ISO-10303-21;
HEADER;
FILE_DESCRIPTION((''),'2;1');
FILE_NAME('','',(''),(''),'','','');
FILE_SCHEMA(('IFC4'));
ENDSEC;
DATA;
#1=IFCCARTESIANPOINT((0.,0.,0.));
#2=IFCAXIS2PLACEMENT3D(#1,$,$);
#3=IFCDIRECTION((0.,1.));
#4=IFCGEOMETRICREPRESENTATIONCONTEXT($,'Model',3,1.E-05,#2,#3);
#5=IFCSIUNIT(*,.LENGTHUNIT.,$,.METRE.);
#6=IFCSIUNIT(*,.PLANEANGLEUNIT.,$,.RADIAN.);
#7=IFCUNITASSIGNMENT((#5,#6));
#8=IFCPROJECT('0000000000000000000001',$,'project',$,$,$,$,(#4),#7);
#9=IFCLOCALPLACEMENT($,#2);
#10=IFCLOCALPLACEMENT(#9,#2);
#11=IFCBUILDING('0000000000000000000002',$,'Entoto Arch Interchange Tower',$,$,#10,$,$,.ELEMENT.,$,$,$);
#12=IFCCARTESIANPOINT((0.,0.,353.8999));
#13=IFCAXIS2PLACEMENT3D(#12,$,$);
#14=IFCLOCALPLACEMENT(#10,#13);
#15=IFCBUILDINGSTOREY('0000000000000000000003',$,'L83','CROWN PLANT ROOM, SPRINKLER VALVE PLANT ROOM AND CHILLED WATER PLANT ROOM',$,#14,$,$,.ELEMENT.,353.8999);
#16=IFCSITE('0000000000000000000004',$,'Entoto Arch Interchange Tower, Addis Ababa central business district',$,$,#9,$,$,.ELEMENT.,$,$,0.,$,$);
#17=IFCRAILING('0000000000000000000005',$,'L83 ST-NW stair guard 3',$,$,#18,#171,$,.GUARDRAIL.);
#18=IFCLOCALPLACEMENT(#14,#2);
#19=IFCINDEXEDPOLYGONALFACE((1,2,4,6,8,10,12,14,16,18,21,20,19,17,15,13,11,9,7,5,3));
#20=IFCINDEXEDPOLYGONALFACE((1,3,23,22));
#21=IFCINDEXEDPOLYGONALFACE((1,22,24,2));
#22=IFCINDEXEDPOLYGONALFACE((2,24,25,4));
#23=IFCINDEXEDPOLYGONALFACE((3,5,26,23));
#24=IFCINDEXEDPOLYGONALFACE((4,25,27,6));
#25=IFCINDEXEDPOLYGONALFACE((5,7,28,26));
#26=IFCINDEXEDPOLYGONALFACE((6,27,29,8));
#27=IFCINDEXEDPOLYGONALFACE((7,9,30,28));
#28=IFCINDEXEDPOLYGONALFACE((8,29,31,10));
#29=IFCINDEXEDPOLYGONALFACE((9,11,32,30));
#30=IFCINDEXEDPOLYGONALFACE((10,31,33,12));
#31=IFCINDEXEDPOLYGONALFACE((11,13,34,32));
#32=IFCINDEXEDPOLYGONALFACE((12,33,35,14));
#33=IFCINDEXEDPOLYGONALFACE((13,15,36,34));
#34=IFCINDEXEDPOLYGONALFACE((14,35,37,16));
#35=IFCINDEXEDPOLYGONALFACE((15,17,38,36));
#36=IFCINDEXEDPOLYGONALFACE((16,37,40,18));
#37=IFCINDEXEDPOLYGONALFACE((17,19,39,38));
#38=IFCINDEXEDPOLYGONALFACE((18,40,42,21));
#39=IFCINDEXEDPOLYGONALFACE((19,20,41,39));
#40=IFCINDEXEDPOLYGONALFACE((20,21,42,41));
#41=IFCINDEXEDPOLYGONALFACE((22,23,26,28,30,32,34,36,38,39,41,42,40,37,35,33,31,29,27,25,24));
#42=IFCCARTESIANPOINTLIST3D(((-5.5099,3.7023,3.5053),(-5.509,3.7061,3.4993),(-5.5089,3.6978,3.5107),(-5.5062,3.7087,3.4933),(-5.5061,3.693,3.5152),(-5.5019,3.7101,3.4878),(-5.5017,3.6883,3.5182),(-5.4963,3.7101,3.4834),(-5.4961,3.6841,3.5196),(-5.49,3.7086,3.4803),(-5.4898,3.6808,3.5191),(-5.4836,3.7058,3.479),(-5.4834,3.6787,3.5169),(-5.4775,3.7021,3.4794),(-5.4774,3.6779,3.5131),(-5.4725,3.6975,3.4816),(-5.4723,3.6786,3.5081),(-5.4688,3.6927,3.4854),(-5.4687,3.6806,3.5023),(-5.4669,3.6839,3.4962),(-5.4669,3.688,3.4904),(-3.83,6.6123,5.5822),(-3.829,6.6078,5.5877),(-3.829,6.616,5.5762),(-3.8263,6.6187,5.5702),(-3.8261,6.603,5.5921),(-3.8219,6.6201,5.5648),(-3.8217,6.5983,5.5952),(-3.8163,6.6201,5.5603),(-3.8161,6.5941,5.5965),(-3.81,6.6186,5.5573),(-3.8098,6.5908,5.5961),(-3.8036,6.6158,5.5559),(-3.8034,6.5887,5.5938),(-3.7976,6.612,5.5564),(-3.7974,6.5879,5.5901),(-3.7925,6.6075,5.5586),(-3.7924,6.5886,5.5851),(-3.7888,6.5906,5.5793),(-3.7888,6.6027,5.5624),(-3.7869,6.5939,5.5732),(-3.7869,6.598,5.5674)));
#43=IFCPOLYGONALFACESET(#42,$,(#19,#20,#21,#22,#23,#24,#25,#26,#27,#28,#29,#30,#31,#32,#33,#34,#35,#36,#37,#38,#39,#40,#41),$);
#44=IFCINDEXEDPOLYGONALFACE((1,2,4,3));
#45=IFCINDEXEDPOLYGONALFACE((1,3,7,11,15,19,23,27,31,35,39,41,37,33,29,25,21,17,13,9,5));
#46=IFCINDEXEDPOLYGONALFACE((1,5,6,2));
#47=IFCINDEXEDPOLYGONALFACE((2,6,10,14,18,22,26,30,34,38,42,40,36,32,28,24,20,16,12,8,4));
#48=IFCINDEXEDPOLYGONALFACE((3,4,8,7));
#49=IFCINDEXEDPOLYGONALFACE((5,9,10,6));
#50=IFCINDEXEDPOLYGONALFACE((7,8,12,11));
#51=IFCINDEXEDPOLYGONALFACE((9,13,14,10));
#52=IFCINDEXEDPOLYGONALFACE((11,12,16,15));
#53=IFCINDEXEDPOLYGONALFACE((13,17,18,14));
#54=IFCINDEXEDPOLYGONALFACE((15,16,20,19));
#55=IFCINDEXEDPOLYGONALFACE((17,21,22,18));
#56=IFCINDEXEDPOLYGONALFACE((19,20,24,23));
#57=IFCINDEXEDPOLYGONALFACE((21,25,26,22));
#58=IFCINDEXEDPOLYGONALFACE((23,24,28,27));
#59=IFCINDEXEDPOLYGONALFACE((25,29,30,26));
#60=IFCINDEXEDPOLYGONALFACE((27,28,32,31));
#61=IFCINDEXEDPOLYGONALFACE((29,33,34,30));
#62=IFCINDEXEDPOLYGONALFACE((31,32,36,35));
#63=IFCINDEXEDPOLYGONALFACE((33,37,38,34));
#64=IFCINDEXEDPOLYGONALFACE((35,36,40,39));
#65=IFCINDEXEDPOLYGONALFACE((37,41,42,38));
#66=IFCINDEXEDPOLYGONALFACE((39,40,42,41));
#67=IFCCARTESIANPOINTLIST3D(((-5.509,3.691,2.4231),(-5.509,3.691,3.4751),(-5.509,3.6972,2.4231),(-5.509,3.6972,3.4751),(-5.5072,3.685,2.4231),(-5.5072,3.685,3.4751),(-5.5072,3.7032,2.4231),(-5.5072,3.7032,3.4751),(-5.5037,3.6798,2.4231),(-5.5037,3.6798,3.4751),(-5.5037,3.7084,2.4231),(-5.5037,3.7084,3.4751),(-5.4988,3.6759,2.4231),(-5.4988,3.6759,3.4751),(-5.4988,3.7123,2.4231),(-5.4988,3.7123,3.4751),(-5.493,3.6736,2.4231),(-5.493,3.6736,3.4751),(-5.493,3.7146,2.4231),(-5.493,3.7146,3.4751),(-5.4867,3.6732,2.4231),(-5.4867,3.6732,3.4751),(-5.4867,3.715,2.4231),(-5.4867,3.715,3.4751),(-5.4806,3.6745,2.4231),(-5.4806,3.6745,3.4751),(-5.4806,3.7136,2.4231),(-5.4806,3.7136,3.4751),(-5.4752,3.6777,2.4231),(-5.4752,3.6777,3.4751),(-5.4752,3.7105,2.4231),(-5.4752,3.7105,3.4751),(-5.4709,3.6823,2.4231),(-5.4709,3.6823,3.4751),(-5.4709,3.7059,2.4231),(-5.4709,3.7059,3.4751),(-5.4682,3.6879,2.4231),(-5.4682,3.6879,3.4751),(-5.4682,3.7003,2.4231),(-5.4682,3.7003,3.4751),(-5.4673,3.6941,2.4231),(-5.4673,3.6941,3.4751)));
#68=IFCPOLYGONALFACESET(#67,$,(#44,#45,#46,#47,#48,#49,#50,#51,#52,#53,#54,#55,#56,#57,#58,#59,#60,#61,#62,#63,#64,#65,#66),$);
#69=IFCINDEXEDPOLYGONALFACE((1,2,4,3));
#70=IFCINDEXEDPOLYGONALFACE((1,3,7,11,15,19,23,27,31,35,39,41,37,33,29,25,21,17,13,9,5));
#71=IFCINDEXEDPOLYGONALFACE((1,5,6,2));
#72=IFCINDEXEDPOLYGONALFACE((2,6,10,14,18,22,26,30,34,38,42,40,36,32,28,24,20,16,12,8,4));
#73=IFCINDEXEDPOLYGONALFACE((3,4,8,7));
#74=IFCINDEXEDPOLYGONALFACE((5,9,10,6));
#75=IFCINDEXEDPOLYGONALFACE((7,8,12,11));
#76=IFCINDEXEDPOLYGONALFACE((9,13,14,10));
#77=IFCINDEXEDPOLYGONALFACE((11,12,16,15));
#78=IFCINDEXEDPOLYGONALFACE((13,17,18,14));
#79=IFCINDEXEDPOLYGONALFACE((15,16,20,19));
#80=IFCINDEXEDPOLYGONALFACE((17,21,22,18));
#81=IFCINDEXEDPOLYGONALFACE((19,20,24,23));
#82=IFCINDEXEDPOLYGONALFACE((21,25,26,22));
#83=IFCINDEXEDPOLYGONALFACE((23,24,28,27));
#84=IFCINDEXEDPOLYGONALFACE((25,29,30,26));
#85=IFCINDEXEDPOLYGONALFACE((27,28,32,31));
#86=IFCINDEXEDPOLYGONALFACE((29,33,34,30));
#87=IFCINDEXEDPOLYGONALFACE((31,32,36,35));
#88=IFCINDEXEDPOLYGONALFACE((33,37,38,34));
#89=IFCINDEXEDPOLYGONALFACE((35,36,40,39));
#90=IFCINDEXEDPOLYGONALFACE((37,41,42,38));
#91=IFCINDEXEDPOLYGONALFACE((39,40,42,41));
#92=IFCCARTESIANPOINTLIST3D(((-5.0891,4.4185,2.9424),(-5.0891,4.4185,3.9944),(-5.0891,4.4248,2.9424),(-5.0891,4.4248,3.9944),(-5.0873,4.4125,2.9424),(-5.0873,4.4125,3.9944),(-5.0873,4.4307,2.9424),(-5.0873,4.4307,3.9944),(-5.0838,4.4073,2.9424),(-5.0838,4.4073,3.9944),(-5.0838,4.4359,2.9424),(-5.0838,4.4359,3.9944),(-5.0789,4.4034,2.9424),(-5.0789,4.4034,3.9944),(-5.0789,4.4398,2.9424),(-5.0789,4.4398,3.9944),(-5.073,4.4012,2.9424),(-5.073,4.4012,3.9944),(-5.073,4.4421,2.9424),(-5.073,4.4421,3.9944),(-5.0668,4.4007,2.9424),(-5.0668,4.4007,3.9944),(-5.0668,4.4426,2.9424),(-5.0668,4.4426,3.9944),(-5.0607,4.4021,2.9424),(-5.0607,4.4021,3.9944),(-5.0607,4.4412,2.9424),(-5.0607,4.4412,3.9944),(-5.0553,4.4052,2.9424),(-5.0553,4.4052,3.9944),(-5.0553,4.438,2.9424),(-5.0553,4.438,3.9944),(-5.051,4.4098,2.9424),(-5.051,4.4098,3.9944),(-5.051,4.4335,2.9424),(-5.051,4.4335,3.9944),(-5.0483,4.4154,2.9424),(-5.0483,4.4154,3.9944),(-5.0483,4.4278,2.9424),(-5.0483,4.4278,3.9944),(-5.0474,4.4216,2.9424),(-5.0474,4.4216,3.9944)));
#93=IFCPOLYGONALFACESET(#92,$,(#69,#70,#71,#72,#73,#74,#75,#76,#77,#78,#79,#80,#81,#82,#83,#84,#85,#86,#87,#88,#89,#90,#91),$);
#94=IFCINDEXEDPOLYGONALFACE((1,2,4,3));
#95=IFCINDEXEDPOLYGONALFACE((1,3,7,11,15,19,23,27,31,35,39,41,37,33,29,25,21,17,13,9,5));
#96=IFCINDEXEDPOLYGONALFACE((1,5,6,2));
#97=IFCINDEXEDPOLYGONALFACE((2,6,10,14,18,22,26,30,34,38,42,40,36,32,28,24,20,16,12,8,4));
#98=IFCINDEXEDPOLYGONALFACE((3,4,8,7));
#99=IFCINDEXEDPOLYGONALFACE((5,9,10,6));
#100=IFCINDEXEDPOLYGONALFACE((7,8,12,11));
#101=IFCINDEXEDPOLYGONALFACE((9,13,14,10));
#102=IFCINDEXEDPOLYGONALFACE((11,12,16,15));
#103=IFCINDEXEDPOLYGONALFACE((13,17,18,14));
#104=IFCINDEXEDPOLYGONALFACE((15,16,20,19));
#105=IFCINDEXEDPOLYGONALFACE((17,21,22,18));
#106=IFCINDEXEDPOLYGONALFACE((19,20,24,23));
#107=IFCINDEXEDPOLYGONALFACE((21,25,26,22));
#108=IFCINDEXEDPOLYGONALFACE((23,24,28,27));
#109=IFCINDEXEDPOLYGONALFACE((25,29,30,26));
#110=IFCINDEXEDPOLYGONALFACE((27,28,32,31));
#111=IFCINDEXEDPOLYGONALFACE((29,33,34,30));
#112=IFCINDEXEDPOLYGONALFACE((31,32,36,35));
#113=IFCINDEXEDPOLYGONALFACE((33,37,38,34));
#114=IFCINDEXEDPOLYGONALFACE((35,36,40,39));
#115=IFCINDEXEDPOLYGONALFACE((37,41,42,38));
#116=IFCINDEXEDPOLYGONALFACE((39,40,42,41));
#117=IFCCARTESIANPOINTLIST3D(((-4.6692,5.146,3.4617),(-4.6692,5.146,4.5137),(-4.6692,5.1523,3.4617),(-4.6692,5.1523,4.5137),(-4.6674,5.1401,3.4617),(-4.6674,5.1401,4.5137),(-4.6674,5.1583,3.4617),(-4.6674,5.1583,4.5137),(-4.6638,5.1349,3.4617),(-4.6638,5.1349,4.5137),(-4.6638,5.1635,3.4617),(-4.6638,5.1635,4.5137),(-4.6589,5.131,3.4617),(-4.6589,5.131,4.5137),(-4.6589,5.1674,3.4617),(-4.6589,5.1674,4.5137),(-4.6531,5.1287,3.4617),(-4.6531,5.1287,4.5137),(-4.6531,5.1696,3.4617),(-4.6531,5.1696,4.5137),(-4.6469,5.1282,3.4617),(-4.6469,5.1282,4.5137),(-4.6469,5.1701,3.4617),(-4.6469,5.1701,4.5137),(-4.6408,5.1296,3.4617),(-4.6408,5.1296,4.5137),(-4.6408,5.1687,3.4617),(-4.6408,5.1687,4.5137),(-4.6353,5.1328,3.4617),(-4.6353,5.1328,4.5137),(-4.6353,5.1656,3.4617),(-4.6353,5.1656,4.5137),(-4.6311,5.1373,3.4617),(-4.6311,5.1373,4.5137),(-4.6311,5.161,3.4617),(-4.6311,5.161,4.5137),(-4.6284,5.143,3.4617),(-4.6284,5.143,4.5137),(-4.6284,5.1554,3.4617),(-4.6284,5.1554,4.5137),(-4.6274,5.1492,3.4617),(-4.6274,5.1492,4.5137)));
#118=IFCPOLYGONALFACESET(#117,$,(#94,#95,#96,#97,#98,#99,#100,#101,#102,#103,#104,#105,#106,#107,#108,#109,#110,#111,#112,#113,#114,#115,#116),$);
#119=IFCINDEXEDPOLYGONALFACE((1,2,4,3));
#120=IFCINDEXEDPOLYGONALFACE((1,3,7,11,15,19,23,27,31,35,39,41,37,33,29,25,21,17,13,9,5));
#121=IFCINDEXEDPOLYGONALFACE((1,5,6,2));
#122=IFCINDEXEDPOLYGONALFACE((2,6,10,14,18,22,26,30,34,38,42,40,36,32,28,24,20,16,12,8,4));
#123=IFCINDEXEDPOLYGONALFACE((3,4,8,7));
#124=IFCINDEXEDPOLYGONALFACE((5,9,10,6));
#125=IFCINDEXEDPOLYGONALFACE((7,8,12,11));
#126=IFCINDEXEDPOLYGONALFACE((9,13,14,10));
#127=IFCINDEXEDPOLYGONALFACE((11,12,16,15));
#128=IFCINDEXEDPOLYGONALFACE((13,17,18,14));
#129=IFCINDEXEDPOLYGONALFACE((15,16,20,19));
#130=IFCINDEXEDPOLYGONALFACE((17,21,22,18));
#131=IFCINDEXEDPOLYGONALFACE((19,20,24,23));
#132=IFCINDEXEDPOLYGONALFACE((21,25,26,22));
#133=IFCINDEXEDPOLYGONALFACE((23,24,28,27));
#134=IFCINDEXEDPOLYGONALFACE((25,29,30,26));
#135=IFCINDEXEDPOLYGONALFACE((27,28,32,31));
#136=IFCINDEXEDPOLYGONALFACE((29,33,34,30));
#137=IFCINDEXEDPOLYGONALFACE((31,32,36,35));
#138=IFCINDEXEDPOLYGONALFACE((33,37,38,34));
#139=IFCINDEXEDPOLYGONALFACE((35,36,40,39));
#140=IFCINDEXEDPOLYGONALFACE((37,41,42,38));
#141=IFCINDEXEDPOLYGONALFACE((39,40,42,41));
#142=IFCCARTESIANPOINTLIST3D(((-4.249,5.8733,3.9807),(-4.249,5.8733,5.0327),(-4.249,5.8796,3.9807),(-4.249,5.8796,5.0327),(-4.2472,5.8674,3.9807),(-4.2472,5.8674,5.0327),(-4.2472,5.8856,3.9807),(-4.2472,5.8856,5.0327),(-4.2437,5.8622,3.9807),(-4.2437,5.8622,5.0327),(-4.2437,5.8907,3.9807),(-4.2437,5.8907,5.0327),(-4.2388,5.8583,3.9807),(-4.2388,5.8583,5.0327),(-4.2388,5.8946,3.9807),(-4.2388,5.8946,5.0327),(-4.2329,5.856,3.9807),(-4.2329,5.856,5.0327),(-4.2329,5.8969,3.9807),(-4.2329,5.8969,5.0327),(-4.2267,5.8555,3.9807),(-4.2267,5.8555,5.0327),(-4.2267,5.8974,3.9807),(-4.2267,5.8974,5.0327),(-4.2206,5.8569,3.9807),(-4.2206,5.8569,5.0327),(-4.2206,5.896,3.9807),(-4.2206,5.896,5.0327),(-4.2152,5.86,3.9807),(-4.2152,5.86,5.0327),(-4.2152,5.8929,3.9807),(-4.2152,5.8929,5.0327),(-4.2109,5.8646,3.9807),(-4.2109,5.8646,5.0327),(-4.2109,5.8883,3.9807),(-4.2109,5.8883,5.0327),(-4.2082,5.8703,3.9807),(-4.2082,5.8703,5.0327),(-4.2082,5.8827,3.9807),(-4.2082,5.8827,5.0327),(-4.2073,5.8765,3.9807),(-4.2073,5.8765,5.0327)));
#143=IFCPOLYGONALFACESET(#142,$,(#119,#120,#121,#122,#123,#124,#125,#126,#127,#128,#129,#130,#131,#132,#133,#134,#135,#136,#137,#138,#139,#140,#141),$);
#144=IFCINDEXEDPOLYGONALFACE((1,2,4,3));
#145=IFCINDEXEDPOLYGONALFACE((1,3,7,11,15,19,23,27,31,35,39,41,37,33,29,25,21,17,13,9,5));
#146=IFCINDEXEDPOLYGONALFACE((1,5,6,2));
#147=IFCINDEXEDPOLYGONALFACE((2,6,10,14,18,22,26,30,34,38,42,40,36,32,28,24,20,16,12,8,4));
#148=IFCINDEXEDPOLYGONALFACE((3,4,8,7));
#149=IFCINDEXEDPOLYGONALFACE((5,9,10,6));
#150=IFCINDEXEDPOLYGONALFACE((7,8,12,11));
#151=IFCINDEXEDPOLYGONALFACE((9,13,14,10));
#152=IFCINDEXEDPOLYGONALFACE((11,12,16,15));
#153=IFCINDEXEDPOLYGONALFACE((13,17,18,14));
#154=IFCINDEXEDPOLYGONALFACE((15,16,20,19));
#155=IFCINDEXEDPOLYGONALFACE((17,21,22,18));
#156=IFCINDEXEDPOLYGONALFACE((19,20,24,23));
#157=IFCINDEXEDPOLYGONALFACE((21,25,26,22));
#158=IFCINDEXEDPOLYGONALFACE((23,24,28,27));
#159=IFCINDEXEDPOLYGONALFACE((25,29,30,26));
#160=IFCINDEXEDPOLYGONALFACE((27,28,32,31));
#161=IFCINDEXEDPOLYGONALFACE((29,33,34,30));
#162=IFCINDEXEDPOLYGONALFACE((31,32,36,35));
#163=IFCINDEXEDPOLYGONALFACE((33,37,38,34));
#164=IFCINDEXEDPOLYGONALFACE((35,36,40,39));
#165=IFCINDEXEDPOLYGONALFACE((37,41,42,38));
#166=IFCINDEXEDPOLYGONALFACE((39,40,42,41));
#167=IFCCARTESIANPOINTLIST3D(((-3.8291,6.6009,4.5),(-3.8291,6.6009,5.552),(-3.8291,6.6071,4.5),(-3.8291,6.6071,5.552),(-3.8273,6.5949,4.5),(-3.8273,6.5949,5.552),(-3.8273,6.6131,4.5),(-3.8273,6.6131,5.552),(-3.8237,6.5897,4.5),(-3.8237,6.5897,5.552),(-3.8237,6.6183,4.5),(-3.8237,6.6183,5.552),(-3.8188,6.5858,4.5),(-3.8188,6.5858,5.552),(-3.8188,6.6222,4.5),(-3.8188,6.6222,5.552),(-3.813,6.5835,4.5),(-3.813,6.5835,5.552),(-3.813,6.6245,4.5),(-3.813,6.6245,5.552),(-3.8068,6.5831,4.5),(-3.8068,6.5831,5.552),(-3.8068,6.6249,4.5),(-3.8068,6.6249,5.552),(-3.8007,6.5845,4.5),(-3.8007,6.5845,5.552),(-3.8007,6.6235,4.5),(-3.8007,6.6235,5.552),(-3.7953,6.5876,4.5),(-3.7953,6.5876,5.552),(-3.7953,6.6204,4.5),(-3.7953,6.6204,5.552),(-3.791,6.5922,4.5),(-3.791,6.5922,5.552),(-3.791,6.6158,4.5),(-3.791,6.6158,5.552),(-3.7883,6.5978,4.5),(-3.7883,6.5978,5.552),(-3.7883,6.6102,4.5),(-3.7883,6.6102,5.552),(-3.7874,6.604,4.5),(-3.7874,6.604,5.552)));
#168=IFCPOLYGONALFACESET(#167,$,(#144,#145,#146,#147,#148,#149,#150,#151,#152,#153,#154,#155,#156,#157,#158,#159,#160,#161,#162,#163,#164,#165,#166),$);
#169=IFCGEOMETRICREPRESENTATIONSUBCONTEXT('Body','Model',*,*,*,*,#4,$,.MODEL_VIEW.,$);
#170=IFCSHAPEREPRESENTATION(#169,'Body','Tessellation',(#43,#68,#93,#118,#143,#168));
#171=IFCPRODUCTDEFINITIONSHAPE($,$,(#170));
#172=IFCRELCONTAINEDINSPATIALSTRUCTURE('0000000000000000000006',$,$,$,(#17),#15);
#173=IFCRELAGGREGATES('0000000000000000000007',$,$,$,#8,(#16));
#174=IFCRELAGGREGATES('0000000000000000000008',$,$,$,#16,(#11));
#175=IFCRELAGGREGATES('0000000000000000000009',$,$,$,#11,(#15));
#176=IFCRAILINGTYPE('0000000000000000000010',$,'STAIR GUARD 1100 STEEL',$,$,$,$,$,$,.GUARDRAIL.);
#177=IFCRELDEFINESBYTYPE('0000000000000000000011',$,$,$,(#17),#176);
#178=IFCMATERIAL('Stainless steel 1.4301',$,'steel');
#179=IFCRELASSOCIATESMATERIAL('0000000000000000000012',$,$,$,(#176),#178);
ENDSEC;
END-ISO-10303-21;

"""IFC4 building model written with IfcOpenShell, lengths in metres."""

from ifc_helpers import new_model, si_unit, direction, frame, origin, origin_2d, place, context, subcontext, project, spatial, circle, extrude, material, type_object, element, save


model = new_model("IFC4")

# Units and contexts
model_context = context("Model", 3, precision=1e-05, world=origin(), true_north=direction((0.0, 1.0)))
body_context = subcontext(model_context, "Body", "Model", "MODEL_VIEW")
ifc_project = project(units=[si_unit("LENGTHUNIT", "METRE"), si_unit("PLANEANGLEUNIT", "RADIAN")], contexts=[model_context])

# Site, building, storey
site_placement = place(None, origin())
site = spatial("IfcSite", under=ifc_project, at=site_placement, Name="Entoto Arch Interchange Tower, Addis Ababa central business district", CompositionType="ELEMENT", RefElevation=0.0)
building_placement = place(site_placement, origin())
building = spatial("IfcBuilding", under=site, at=building_placement, Name="Entoto Arch Interchange Tower", CompositionType="ELEMENT")
storey_placement = place(building_placement, frame((0.0, 0.0, 353.8999)))
storey = spatial("IfcBuildingStorey", under=building, at=storey_placement, Name="L83", Description="CROWN PLANT ROOM, SPRINKLER VALVE PLANT ROOM AND CHILLED WATER PLANT ROOM", CompositionType="ELEMENT", Elevation=353.8999)

# Railing
ifc_material_1 = material(Name="Stainless steel 1.4301", Category="steel")
railing_type_1 = type_object("IfcRailingType", Name="STAIR GUARD 1100 STEEL", PredefinedType="GUARDRAIL", material=ifc_material_1)
railing_1_placement = place(storey_placement, frame((-5.4883, 3.6941, 2.4231)))
element("IfcRailing", 1, at=railing_1_placement, inside=storey, type_object=railing_type_1, Name="L83 ST-NW stair guard 3", PredefinedType="GUARDRAIL", context=body_context, shape_type="SweptSolid", body=[
    extrude(circle(Radius=0.0239, at=origin_2d()), frame((0.0, 0.0, 1.0762), z_axis=(0.425288, 0.736668, 0.525785), x_axis=(-0.866039, 0.499976, 0.0)), (0.0, 0.0, 1.0), 3.9502),
    extrude(circle(Radius=0.021, at=origin_2d()), origin(), (0.0, 0.0, 1.0), 1.052),
    extrude(circle(Radius=0.021, at=origin_2d()), frame((0.4199, 0.7275, 0.5193)), (0.0, 0.0, 1.0), 1.052),
    extrude(circle(Radius=0.021, at=origin_2d()), frame((0.8398, 1.4551, 1.0386)), (0.0, 0.0, 1.0), 1.052),
    extrude(circle(Radius=0.021, at=origin_2d()), frame((1.26, 2.1824, 1.5576)), (0.0, 0.0, 1.0), 1.052),
    extrude(circle(Radius=0.021, at=origin_2d()), frame((1.6799, 2.9099, 2.0769)), (0.0, 0.0, 1.0), 1.052),
])

save(model, "model.ifc")
